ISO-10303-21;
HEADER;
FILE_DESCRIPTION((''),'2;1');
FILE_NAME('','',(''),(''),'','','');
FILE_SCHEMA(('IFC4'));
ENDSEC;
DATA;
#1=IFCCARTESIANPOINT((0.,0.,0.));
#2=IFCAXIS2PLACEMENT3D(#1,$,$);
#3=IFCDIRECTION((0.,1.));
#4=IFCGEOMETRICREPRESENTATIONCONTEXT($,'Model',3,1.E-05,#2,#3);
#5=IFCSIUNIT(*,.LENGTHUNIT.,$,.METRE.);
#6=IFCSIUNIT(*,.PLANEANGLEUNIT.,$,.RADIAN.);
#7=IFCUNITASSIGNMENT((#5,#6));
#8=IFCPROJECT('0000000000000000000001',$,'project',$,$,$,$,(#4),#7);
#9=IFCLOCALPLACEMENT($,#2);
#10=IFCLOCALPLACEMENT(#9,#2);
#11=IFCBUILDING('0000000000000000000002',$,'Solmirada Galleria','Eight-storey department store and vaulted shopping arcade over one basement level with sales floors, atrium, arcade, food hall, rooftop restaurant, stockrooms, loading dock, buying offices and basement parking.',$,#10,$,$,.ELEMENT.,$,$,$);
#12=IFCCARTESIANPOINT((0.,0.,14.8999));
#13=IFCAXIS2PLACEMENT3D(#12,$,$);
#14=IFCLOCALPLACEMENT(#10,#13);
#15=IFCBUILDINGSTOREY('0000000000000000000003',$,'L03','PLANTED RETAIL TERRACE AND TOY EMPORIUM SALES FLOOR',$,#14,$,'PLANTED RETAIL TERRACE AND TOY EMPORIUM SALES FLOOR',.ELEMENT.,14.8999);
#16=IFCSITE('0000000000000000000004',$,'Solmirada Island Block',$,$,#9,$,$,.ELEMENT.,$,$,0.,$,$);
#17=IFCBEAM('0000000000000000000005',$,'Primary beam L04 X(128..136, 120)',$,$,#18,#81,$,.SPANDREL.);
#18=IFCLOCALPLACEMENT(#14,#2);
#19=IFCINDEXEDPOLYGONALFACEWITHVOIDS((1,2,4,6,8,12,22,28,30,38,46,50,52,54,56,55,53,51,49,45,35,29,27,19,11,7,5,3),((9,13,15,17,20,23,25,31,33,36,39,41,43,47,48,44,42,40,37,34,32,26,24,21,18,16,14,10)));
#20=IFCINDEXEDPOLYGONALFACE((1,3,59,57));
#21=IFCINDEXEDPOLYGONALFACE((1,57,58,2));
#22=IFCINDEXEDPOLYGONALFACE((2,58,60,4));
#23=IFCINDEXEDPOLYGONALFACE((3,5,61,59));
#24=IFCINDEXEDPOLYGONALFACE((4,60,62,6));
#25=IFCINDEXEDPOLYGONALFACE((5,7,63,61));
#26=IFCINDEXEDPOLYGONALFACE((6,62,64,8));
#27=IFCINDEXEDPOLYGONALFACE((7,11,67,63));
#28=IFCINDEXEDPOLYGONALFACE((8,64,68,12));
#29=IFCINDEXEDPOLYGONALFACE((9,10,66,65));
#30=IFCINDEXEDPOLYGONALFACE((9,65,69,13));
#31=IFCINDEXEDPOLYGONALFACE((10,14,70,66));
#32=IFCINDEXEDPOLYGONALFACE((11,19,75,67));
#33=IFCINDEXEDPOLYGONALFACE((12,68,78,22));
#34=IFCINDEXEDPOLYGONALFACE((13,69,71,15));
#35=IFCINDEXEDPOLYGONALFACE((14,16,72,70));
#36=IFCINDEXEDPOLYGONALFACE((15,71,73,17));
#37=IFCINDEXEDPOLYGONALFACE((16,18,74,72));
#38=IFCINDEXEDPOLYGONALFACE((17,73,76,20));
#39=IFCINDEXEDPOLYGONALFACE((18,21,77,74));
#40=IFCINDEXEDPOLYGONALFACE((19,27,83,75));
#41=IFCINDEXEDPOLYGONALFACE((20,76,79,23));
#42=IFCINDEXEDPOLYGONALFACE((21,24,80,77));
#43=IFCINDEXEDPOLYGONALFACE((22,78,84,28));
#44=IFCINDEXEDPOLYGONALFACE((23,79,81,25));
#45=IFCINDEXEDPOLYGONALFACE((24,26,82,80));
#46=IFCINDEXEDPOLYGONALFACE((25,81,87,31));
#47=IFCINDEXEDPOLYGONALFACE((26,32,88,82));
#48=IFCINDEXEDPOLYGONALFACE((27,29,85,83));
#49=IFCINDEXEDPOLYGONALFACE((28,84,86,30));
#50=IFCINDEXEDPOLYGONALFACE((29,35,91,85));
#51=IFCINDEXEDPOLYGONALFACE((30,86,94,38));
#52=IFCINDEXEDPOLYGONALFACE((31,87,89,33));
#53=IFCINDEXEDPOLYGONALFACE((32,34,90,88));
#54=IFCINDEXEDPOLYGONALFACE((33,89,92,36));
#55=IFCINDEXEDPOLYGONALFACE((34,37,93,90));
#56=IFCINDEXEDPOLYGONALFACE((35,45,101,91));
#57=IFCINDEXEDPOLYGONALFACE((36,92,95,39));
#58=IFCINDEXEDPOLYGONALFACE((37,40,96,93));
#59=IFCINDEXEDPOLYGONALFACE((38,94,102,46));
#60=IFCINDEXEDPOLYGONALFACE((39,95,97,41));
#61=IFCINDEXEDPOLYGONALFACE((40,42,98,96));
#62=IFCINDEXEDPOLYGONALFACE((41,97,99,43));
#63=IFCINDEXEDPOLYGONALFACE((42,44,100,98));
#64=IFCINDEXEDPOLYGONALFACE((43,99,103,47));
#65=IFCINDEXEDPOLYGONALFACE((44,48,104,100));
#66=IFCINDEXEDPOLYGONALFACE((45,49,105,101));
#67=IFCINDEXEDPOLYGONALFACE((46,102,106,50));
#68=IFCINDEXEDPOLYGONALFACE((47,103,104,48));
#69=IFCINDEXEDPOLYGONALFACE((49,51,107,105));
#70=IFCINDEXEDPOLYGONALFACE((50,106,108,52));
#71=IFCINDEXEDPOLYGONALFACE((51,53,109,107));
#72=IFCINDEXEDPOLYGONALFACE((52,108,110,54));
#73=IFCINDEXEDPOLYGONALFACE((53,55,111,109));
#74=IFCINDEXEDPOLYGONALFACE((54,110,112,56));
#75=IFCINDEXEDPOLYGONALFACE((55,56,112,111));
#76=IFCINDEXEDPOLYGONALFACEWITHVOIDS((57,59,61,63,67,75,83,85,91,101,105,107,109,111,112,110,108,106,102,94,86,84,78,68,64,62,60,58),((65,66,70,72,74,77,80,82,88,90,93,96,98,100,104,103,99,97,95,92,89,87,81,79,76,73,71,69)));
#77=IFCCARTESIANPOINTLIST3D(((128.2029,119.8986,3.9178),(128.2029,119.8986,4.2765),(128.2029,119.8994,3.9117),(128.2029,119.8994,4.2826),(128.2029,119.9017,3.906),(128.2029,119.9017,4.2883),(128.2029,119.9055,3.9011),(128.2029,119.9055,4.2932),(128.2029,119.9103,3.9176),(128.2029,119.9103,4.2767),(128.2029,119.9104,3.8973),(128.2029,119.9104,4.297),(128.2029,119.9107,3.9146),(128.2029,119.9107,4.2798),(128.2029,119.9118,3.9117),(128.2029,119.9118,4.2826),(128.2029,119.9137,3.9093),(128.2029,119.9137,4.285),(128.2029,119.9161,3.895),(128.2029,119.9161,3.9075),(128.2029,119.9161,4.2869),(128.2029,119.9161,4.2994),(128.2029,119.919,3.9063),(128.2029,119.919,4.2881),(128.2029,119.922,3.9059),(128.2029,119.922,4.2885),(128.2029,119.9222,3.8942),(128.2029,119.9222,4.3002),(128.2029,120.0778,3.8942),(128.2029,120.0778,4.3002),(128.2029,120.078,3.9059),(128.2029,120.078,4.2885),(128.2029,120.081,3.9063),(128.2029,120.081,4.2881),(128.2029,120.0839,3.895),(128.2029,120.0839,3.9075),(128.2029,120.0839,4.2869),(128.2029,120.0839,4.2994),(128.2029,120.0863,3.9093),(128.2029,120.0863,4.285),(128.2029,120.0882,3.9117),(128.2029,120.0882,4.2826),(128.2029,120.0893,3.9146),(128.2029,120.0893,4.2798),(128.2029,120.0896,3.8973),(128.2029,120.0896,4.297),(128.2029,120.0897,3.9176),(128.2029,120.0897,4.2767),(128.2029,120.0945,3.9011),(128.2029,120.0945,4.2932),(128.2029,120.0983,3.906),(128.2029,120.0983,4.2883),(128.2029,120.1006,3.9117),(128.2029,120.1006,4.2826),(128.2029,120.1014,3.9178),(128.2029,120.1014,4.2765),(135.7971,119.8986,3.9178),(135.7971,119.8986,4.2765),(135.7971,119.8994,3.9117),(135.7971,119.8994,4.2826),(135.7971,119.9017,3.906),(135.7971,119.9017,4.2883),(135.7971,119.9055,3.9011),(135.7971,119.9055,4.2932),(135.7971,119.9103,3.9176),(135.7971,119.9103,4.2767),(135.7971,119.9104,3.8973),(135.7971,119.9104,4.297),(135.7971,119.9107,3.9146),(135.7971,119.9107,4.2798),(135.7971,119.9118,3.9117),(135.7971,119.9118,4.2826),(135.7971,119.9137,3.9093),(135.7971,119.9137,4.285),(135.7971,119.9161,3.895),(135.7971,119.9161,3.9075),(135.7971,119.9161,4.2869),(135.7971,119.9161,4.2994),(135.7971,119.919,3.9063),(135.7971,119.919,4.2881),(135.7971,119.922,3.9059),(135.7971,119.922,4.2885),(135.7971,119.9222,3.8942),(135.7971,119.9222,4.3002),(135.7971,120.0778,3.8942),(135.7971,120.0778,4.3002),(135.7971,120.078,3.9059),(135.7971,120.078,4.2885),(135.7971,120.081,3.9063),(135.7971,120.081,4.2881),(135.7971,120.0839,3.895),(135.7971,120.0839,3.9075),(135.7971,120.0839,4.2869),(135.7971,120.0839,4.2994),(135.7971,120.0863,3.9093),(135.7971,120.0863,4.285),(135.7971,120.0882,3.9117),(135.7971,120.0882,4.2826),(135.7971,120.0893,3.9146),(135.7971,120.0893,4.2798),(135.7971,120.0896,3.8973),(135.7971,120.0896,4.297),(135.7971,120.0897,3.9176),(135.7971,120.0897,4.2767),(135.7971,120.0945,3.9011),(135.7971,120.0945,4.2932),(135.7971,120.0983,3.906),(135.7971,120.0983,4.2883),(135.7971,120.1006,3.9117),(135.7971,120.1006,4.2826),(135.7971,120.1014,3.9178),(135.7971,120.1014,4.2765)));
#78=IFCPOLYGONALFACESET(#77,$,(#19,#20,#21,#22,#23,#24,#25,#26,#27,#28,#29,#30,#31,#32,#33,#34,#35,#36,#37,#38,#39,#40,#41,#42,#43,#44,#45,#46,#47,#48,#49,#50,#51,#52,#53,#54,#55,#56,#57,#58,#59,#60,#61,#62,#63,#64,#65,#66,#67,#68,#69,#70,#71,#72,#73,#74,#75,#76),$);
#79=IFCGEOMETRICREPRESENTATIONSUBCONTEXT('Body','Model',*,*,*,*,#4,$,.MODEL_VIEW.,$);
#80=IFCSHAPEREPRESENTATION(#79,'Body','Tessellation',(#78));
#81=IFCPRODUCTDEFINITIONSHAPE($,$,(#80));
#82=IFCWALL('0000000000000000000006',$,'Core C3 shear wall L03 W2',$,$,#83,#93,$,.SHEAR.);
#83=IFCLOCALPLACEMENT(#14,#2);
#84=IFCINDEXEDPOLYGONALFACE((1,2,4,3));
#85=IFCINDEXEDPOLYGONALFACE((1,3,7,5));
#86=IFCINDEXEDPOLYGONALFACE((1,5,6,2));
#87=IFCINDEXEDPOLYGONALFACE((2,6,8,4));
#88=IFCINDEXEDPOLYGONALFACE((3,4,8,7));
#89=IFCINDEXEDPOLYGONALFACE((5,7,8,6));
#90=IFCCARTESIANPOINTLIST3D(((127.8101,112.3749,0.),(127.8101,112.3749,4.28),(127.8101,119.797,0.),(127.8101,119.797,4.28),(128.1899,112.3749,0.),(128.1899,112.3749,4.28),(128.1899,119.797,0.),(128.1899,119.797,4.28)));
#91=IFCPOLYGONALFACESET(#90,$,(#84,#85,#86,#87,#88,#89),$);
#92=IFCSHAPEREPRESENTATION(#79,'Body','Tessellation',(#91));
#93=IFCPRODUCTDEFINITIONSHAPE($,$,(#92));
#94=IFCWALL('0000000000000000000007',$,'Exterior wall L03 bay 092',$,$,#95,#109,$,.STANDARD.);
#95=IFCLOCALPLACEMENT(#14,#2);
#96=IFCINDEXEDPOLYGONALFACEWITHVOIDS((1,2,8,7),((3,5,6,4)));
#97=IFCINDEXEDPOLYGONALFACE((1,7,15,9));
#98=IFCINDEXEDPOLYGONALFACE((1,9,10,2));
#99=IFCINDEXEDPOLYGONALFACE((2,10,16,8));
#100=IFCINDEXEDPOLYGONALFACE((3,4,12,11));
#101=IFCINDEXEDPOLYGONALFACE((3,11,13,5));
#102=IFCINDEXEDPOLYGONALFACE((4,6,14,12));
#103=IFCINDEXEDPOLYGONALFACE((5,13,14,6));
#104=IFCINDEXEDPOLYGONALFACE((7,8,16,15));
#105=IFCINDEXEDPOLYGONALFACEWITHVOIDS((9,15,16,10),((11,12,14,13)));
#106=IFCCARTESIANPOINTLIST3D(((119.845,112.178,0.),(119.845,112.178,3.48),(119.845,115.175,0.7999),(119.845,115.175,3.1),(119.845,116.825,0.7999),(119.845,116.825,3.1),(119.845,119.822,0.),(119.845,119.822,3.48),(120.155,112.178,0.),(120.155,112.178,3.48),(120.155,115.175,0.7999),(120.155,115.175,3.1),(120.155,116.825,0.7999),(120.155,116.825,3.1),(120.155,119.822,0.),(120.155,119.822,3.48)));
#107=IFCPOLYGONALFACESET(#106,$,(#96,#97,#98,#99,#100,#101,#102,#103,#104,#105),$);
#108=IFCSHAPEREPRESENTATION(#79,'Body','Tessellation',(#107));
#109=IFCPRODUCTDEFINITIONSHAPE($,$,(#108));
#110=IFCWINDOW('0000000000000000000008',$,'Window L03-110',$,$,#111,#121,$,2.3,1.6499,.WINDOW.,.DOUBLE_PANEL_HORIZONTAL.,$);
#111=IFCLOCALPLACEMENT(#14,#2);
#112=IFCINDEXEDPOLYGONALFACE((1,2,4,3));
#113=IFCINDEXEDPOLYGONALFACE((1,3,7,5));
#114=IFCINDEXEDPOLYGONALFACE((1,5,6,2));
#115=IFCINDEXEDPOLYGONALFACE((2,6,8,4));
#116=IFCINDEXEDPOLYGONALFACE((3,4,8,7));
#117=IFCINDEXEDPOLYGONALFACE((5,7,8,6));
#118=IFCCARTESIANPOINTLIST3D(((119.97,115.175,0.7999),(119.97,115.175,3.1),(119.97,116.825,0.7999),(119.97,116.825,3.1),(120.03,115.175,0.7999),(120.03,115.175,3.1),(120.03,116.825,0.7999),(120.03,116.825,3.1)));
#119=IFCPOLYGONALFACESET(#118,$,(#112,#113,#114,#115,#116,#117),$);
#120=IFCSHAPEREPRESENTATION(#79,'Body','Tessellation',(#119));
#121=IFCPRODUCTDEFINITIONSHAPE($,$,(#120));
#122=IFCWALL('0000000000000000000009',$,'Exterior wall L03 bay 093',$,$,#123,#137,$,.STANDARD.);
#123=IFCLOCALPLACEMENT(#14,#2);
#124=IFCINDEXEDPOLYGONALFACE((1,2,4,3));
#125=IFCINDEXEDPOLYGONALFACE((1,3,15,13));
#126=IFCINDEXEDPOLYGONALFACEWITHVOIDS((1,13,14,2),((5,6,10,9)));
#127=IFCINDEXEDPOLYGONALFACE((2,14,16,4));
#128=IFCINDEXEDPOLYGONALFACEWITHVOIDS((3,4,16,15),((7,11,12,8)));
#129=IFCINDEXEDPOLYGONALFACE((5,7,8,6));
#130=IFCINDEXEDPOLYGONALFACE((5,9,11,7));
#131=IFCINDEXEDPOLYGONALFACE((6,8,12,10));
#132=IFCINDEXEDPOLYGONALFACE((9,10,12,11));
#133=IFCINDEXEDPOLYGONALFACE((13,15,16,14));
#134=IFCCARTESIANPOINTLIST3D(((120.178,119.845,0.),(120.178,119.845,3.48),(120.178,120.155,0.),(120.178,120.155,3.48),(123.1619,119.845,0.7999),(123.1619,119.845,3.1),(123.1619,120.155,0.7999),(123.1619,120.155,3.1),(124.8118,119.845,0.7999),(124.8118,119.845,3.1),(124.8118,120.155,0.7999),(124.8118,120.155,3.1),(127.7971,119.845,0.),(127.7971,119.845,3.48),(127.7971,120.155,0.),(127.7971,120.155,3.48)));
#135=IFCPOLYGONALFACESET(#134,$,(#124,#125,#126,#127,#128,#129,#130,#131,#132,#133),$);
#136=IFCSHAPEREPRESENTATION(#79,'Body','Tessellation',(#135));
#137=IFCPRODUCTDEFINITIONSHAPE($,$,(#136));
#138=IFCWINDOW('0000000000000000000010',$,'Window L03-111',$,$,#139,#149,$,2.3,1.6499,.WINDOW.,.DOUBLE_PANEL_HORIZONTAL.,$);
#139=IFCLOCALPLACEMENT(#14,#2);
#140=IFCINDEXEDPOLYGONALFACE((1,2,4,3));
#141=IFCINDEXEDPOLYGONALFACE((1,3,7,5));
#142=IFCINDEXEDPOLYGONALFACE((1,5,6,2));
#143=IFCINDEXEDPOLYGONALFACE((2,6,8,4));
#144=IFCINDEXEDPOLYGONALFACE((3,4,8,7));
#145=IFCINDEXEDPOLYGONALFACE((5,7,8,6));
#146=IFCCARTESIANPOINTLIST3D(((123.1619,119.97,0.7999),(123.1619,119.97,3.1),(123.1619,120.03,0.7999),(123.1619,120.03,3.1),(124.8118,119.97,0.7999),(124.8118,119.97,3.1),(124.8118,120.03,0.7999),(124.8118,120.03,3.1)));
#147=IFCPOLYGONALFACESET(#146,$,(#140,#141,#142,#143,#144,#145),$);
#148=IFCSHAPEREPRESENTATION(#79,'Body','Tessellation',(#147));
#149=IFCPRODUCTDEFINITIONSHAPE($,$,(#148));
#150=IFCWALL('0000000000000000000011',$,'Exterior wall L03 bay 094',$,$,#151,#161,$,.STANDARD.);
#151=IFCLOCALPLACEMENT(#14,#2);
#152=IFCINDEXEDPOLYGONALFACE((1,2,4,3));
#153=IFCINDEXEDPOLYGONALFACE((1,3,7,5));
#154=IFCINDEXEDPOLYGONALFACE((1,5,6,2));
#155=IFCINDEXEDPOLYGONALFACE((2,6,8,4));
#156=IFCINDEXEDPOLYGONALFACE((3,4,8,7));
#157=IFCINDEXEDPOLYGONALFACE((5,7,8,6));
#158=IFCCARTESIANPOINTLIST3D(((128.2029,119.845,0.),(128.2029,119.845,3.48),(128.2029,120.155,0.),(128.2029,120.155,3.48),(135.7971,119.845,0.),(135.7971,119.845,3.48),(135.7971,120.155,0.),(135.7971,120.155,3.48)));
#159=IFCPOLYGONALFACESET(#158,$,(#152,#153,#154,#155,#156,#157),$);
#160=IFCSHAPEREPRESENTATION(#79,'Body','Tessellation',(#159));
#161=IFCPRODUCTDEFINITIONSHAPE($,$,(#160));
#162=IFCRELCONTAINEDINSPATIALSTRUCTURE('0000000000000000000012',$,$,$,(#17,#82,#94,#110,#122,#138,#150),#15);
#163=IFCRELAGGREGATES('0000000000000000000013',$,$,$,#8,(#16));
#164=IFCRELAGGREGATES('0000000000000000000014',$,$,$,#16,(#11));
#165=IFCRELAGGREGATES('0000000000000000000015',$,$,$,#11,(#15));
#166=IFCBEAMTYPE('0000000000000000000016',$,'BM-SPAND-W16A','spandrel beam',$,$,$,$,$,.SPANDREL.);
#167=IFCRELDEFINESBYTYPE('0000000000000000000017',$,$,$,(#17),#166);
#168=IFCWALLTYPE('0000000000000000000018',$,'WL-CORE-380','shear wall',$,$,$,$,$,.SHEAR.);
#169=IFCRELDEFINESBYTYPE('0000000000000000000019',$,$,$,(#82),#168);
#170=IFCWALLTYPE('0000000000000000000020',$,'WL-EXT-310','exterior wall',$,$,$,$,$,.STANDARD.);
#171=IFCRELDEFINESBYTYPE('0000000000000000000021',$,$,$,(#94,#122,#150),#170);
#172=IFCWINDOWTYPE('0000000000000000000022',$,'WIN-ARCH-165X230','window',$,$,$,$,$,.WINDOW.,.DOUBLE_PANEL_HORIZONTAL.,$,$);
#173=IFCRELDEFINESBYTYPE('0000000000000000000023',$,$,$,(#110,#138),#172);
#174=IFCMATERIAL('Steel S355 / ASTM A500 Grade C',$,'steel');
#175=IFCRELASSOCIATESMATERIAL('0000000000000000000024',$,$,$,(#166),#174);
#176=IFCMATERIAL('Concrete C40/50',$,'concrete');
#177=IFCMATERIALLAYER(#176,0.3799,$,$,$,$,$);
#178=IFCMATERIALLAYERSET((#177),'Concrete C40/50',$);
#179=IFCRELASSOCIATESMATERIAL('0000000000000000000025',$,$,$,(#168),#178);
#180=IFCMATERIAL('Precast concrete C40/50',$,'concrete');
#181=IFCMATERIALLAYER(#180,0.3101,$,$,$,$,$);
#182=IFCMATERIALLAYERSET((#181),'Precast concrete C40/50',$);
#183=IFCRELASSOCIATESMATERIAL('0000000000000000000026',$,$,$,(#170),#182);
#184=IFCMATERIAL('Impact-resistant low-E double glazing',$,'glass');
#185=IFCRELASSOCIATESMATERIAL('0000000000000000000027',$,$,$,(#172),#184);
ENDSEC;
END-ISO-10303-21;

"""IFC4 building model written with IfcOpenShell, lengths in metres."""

from ifc_helpers import new_model, si_unit, direction, frame, frame_2d, origin, origin_2d, place, context, subcontext, project, spatial, rectangle, hollow_rectangle, extrude, material, layer, layer_set, material_profile, profile_set, type_object, element, fill, save


model = new_model("IFC4")

# Units and contexts
model_context = context("Model", 3, precision=1e-05, world=origin(), true_north=direction((0.0, 1.0)))
body_context = subcontext(model_context, "Body", "Model", "MODEL_VIEW")
ifc_project = project(units=[si_unit("LENGTHUNIT", "METRE"), si_unit("PLANEANGLEUNIT", "RADIAN")], contexts=[model_context])

# Site, building, storey
site_placement = place(None, origin())
site = spatial("IfcSite", under=ifc_project, at=site_placement, Name="Solmirada Island Block", CompositionType="ELEMENT", RefElevation=0.0)
building_placement = place(site_placement, origin())
building = spatial("IfcBuilding", under=site, at=building_placement, Name="Solmirada Galleria", Description="Eight-storey department store and vaulted shopping arcade over one basement level with sales floors, atrium, arcade, food hall, rooftop restaurant, stockrooms, loading dock, buying offices and basement parking.", CompositionType="ELEMENT")
storey_placement = place(building_placement, frame((0.0, 0.0, 14.8999)))
storey = spatial("IfcBuildingStorey", under=building, at=storey_placement, Name="L03", Description="PLANTED RETAIL TERRACE AND TOY EMPORIUM SALES FLOOR", LongName="PLANTED RETAIL TERRACE AND TOY EMPORIUM SALES FLOOR", CompositionType="ELEMENT", Elevation=14.8999)

# Shared definitions
ifc_material_1 = material(Name="Steel S355 / ASTM A500 Grade C", Category="steel")
ifc_material_2 = material(Name="Concrete C40/50", Category="concrete")

# Beam
ifc_material_profile_1 = material_profile(ifc_material_1, hollow_rectangle(XDim=0.2029, YDim=0.406, WallThickness=0.0117, InnerFilletRadius=0.0117, OuterFilletRadius=0.0237, at=origin_2d()), Name="HSS16X8X1/2")
ifc_profile_set_1 = profile_set([ifc_material_profile_1], Name="Steel S355 / ASTM A500 Grade C")
beam_type_1 = type_object("IfcBeamType", Name="BM-SPAND-W16A", Description="spandrel beam", PredefinedType="SPANDREL", material=ifc_profile_set_1)
beam_1_placement = place(storey_placement, frame((128.2029, 120.0, 4.0972), z_axis=(1.0, 0.0, 0.0), x_axis=(0.0, 1.0, 0.0)))
element("IfcBeam", 1, at=beam_1_placement, inside=storey, type_object=beam_type_1, Name="Primary beam L04 X(128..136, 120)", PredefinedType="SPANDREL", context=body_context, shape_type="SweptSolid", body=[
    extrude(hollow_rectangle(XDim=0.2029, YDim=0.406, WallThickness=0.0117, InnerFilletRadius=0.0117, OuterFilletRadius=0.0237, at=origin_2d()), origin(), (0.0, 0.0, 1.0), 7.5942),
])

# Wall
ifc_layer_1 = layer(ifc_material_2, 0.3799)
ifc_layer_set_1 = layer_set([ifc_layer_1], Name="Concrete C40/50")
wall_type_1 = type_object("IfcWallType", Name="WL-CORE-380", Description="shear wall", PredefinedType="SHEAR", material=ifc_layer_set_1)
wall_1_placement = place(storey_placement, frame((128.0, 112.375, 0.0), z_axis=(0.0, 0.0, 1.0), x_axis=(0.0, 1.0, 0.0)))
element("IfcWall", 2, at=wall_1_placement, inside=storey, type_object=wall_type_1, Name="Core C3 shear wall L03 W2", PredefinedType="SHEAR", context=body_context, shape_type="SweptSolid", body=[
    extrude(rectangle(XDim=7.4221, YDim=0.3799, at=frame_2d((3.7109, 0.0))), origin(), (0.0, 0.0, 1.0), 4.28),
])

# Walls, openings, windows
ifc_material_3 = material(Name="Precast concrete C40/50", Category="concrete")
ifc_layer_2 = layer(ifc_material_3, 0.3101)
ifc_layer_set_2 = layer_set([ifc_layer_2], Name="Precast concrete C40/50")
wall_type_2 = type_object("IfcWallType", Name="WL-EXT-310", Description="exterior wall", PredefinedType="STANDARD", material=ifc_layer_set_2)
wall_2_placement = place(storey_placement, frame((120.0, 112.178, 0.0), z_axis=(0.0, 0.0, 1.0), x_axis=(0.0, 1.0, 0.0)))
wall_2 = element("IfcWall", 3, at=wall_2_placement, inside=storey, type_object=wall_type_2, Name="Exterior wall L03 bay 092", PredefinedType="STANDARD", context=body_context, shape_type="SweptSolid", body=[
    extrude(rectangle(XDim=7.644, YDim=0.3101, at=frame_2d((3.822, 0.0))), origin(), (0.0, 0.0, 1.0), 3.48),
])
opening_1_placement = place(wall_2_placement, frame((2.9971, 0.0, 0.8)))
opening_1 = element("IfcOpeningElement", 4, at=opening_1_placement, cuts=wall_2, PredefinedType="OPENING", context=body_context, shape_type="SweptSolid", body=[
    extrude(rectangle(XDim=1.6499, YDim=2.3, at=frame_2d((0.825, 1.1499))), frame((0.0, 0.165, 0.0), z_axis=(0.0, -1.0, 0.0), x_axis=(1.0, 0.0, 0.0)), (0.0, 0.0, 1.0), 0.3301),
])
ifc_material_4 = material(Name="Impact-resistant low-E double glazing", Category="glass")
window_type = type_object("IfcWindowType", Name="WIN-ARCH-165X230", Description="window", PartitioningType="DOUBLE_PANEL_HORIZONTAL", PredefinedType="WINDOW", material=ifc_material_4)
window_1_placement = place(opening_1_placement, origin())
window_1 = element("IfcWindow", 5, at=window_1_placement, inside=storey, type_object=window_type, Name="Window L03-110", OverallHeight=2.3, OverallWidth=1.6499, PartitioningType="DOUBLE_PANEL_HORIZONTAL", PredefinedType="WINDOW", context=body_context, shape_type="SweptSolid", body=[
    extrude(rectangle(XDim=1.6499, YDim=2.3, at=frame_2d((0.825, 1.1499))), frame((0.0, 0.03, 0.0), z_axis=(0.0, -1.0, 0.0), x_axis=(1.0, 0.0, 0.0)), (0.0, 0.0, 1.0), 0.0601),
])
fill(opening_1, window_1)
wall_3_placement = place(storey_placement, frame((120.178, 120.0, 0.0), z_axis=(0.0, 0.0, 1.0), x_axis=(1.0, 0.0, 0.0)))
wall_3 = element("IfcWall", 6, at=wall_3_placement, inside=storey, type_object=wall_type_2, Name="Exterior wall L03 bay 093", PredefinedType="STANDARD", context=body_context, shape_type="SweptSolid", body=[
    extrude(rectangle(XDim=7.6191, YDim=0.3101, at=frame_2d((3.8096, 0.0))), origin(), (0.0, 0.0, 1.0), 3.48),
])
opening_2_placement = place(wall_3_placement, frame((2.9839, 0.0, 0.8)))
opening_2 = element("IfcOpeningElement", 7, at=opening_2_placement, cuts=wall_3, PredefinedType="OPENING", context=body_context, shape_type="SweptSolid", body=[
    extrude(rectangle(XDim=1.6499, YDim=2.3, at=frame_2d((0.825, 1.1499))), frame((0.0, 0.165, 0.0), z_axis=(0.0, -1.0, 0.0), x_axis=(1.0, 0.0, 0.0)), (0.0, 0.0, 1.0), 0.3301),
])
window_2_placement = place(opening_2_placement, origin())
window_2 = element("IfcWindow", 8, at=window_2_placement, inside=storey, type_object=window_type, Name="Window L03-111", OverallHeight=2.3, OverallWidth=1.6499, PartitioningType="DOUBLE_PANEL_HORIZONTAL", PredefinedType="WINDOW", context=body_context, shape_type="SweptSolid", body=[
    extrude(rectangle(XDim=1.6499, YDim=2.3, at=frame_2d((0.825, 1.1499))), frame((0.0, 0.03, 0.0), z_axis=(0.0, -1.0, 0.0), x_axis=(1.0, 0.0, 0.0)), (0.0, 0.0, 1.0), 0.0601),
])
fill(opening_2, window_2)

# Wall
wall_4_placement = place(storey_placement, frame((128.2029, 120.0, 0.0), z_axis=(0.0, 0.0, 1.0), x_axis=(1.0, 0.0, 0.0)))
element("IfcWall", 9, at=wall_4_placement, inside=storey, type_object=wall_type_2, Name="Exterior wall L03 bay 094", PredefinedType="STANDARD", context=body_context, shape_type="SweptSolid", body=[
    extrude(rectangle(XDim=7.5942, YDim=0.3101, at=frame_2d((3.7971, 0.0))), origin(), (0.0, 0.0, 1.0), 3.48),
])

save(model, "model.ifc")
